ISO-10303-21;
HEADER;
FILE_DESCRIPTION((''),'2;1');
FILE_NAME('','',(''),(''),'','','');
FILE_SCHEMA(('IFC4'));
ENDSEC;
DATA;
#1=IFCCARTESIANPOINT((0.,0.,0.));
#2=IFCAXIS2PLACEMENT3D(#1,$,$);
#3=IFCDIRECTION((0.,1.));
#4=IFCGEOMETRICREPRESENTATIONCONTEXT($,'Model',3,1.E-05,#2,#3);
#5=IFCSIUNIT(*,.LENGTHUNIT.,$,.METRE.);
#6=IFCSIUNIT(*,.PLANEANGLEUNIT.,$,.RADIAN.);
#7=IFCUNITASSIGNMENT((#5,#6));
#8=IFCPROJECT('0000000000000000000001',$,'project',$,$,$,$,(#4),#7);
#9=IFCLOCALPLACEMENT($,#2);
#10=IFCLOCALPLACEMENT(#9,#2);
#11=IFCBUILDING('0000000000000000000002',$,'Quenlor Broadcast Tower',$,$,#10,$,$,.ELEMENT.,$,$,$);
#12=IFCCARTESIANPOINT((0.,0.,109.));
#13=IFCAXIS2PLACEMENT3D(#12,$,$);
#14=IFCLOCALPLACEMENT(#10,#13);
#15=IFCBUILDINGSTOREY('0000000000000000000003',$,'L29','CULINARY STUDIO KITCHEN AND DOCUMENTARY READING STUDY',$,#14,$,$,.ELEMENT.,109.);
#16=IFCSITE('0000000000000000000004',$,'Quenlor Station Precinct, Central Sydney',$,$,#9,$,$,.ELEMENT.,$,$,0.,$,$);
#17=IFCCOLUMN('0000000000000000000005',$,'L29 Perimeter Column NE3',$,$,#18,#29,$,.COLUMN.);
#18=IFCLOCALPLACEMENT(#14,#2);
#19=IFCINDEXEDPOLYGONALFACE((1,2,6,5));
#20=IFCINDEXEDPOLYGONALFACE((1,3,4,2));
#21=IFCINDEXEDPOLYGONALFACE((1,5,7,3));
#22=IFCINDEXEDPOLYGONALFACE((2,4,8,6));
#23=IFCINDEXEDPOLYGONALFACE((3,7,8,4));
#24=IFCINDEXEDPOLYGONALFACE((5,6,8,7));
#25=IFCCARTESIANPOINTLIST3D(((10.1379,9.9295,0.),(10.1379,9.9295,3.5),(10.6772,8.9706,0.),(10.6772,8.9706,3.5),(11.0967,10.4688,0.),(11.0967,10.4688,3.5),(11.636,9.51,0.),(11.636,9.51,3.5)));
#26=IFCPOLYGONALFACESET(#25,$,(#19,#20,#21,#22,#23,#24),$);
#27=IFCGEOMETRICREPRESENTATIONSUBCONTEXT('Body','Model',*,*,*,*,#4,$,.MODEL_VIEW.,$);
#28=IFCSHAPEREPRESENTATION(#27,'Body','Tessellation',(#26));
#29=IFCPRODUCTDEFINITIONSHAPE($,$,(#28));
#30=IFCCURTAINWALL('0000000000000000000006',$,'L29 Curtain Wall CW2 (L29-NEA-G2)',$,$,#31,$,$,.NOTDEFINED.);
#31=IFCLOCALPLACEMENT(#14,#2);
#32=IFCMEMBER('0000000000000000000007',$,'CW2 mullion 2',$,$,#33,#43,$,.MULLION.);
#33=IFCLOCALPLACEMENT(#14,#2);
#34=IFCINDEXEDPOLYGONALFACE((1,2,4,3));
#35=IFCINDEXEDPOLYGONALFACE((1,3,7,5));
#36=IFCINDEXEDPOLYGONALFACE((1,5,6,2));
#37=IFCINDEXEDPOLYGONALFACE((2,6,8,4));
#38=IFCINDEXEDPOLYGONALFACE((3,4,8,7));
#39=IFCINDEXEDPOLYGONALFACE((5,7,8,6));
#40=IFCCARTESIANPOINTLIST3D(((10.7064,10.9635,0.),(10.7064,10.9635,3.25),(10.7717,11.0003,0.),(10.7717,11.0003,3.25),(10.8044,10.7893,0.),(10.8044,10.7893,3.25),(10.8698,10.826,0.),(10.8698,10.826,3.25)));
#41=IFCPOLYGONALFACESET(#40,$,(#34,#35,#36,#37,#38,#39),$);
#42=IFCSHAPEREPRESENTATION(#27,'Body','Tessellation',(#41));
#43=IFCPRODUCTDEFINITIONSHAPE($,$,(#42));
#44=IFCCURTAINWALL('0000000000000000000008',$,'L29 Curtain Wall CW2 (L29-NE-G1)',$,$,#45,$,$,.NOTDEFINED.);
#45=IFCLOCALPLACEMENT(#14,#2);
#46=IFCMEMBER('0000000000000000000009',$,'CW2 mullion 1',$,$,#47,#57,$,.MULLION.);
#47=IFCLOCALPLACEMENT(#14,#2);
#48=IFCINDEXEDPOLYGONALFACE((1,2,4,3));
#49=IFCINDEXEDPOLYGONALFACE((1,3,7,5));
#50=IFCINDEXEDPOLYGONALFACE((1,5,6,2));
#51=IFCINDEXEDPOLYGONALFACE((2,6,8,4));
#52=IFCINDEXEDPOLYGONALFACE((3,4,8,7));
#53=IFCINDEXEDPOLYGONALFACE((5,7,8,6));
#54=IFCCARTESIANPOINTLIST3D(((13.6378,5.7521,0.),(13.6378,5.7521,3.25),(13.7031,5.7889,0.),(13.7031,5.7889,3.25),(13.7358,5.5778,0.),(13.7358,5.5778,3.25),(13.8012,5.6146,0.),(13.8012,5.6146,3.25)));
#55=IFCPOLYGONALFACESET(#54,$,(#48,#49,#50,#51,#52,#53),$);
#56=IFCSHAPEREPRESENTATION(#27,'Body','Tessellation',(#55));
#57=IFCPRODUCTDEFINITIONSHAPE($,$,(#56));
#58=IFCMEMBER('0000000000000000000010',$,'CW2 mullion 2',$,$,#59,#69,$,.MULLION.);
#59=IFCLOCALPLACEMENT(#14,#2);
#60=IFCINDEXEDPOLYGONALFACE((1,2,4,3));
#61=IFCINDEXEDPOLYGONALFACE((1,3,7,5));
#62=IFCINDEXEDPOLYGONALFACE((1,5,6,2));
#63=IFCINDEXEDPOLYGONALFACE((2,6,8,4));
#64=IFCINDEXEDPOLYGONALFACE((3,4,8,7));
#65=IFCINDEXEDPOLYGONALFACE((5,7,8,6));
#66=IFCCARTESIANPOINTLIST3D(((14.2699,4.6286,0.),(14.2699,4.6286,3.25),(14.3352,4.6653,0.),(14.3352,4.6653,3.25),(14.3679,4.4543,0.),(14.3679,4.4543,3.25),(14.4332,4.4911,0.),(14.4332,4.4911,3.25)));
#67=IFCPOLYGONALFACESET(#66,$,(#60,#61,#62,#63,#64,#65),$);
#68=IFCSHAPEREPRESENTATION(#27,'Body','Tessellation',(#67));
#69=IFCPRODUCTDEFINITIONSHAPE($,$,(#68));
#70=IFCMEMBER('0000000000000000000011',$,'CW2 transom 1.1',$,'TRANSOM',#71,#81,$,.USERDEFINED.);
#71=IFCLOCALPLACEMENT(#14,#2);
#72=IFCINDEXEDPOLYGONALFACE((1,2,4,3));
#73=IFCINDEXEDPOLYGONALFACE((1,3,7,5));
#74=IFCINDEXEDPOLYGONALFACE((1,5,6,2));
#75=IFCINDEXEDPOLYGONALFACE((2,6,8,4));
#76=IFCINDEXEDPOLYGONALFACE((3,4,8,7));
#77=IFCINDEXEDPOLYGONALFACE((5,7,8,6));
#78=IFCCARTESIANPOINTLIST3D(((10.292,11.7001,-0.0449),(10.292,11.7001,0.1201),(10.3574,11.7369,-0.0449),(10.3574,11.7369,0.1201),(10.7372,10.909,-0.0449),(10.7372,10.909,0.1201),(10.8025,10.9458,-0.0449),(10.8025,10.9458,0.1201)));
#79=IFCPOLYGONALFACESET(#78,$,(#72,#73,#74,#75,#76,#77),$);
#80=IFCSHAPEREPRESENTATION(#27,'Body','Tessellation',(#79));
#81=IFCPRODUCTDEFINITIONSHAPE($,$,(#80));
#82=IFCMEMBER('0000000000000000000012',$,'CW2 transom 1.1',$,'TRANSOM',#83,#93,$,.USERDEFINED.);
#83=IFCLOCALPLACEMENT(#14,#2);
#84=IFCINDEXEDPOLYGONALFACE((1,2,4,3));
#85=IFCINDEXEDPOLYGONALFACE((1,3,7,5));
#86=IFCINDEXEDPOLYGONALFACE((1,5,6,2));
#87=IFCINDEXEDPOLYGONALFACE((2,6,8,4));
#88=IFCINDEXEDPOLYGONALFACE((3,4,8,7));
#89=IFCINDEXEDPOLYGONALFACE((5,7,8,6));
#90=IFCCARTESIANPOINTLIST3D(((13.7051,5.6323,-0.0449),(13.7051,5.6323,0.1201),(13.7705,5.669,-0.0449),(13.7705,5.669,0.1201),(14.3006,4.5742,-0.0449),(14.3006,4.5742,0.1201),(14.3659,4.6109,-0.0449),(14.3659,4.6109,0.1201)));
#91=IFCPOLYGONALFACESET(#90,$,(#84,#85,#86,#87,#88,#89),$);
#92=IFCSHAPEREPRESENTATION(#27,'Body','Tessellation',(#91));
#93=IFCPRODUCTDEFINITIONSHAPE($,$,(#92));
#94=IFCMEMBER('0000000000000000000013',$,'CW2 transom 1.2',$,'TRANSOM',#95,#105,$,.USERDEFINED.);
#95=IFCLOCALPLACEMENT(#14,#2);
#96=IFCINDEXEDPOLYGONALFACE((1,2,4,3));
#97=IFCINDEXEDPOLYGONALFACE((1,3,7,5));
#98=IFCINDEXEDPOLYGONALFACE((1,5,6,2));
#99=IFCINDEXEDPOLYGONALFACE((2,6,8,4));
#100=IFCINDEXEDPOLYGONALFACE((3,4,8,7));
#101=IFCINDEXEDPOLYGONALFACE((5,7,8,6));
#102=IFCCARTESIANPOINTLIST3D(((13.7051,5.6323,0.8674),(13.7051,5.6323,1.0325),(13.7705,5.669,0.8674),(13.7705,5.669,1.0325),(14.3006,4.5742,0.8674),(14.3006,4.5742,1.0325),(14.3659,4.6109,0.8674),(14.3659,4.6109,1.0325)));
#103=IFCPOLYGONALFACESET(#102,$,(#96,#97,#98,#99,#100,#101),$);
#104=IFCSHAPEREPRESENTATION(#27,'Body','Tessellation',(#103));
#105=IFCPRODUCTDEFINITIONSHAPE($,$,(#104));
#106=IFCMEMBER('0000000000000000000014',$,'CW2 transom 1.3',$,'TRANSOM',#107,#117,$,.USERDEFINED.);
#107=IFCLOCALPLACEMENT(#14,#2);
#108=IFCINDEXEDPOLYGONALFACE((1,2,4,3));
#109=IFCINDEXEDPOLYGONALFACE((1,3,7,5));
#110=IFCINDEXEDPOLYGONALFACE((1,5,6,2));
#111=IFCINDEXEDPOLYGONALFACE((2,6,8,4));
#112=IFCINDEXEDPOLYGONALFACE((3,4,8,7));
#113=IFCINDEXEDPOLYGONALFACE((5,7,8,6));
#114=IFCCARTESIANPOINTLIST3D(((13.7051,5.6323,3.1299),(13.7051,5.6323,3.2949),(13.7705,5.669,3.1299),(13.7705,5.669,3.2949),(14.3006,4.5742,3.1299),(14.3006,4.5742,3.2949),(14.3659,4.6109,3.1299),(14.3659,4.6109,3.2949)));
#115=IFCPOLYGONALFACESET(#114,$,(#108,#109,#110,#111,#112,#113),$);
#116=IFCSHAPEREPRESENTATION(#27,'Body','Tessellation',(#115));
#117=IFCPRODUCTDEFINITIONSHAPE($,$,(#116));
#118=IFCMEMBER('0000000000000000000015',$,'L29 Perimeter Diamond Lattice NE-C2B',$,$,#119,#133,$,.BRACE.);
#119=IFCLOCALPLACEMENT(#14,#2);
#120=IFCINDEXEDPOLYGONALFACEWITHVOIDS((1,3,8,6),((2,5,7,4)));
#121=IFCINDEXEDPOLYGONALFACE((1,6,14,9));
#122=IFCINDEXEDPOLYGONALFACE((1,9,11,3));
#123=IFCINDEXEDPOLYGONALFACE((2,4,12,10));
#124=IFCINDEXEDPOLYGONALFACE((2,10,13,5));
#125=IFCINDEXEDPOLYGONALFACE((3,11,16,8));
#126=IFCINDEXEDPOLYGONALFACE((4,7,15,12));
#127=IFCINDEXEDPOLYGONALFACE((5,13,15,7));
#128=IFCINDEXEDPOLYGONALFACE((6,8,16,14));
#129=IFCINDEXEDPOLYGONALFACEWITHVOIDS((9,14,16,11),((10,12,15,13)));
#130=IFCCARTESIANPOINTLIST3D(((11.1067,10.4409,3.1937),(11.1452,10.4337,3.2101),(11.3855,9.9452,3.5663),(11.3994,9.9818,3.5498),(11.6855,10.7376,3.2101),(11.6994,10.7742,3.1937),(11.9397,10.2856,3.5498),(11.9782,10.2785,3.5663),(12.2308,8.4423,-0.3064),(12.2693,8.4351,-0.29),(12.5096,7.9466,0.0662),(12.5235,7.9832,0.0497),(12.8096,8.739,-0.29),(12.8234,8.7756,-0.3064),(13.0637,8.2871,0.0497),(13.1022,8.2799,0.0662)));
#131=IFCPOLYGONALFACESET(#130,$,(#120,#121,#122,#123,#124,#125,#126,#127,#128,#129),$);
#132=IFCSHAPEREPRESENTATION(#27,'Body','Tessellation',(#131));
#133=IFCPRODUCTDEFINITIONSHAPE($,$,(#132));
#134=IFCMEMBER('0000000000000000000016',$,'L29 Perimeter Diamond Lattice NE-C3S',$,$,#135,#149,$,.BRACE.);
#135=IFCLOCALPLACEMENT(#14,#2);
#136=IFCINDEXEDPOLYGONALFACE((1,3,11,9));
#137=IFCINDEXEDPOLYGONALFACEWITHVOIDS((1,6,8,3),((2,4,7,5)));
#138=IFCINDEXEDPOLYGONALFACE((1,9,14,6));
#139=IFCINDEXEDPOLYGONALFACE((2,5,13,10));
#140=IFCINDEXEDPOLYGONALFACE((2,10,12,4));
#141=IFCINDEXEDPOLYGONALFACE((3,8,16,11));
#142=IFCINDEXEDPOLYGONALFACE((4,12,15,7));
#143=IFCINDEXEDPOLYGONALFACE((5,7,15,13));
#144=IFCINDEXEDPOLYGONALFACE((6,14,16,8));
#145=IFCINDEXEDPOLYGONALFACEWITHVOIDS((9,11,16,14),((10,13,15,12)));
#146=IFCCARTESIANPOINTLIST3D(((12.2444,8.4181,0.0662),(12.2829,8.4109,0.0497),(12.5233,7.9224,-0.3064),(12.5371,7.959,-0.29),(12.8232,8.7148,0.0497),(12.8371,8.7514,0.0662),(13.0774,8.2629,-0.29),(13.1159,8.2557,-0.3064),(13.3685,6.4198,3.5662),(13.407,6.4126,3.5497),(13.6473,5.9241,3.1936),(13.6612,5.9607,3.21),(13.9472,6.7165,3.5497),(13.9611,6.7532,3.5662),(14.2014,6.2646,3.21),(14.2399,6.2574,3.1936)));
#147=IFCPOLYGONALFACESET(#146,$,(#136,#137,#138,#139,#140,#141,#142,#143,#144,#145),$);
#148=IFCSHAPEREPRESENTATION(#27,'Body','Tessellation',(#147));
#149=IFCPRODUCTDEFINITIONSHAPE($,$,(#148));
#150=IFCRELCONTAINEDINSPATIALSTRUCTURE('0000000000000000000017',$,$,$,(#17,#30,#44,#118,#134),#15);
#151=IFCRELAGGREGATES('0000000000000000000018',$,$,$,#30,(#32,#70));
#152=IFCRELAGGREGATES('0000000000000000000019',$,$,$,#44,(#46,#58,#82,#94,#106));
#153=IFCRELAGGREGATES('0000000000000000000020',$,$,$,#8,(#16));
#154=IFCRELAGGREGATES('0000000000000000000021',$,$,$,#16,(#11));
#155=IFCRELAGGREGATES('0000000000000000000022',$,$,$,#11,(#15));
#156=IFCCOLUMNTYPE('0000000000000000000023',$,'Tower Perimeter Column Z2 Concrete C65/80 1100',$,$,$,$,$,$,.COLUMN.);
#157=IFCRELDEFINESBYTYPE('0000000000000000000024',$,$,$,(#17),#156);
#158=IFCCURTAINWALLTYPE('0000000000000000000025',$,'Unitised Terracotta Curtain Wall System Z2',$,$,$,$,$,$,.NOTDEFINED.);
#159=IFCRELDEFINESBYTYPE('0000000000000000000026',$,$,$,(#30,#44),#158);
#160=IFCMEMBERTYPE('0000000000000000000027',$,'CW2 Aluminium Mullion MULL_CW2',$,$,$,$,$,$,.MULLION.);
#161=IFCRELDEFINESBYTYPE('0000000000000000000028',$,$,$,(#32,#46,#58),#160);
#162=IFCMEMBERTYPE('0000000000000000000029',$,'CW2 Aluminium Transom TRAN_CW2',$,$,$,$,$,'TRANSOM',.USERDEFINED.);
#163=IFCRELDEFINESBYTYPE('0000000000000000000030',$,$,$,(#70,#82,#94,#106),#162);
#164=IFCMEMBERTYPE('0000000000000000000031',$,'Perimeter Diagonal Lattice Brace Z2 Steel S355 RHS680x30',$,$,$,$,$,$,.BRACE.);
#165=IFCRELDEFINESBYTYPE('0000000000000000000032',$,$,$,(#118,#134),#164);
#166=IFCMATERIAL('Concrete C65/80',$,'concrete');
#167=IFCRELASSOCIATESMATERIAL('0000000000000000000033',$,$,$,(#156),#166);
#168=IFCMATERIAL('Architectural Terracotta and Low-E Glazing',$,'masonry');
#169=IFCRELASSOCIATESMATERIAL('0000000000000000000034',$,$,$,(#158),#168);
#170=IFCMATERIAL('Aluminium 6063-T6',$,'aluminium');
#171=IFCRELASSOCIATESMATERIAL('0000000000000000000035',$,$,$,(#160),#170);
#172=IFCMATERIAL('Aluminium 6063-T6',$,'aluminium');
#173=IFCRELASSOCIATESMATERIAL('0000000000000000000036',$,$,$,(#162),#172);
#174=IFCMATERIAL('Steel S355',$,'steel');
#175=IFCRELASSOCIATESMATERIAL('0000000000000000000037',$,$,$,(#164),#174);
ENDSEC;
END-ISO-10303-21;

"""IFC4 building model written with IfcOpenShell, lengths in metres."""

from ifc_helpers import new_model, si_unit, direction, frame, origin, origin_2d, place, context, subcontext, project, spatial, rectangle, hollow_rectangle, extrude, material, material_profile, profile_set, type_object, element, aggregate, save


model = new_model("IFC4")

# Units and contexts
model_context = context("Model", 3, precision=1e-05, world=origin(), true_north=direction((0.0, 1.0)))
body_context = subcontext(model_context, "Body", "Model", "MODEL_VIEW")
ifc_project = project(units=[si_unit("LENGTHUNIT", "METRE"), si_unit("PLANEANGLEUNIT", "RADIAN")], contexts=[model_context])

# Site, building, storey
site_placement = place(None, origin())
site = spatial("IfcSite", under=ifc_project, at=site_placement, Name="Quenlor Station Precinct, Central Sydney", CompositionType="ELEMENT", RefElevation=0.0)
building_placement = place(site_placement, origin())
building = spatial("IfcBuilding", under=site, at=building_placement, Name="Quenlor Broadcast Tower", CompositionType="ELEMENT")
storey_placement = place(building_placement, frame((0.0, 0.0, 109.0)))
storey = spatial("IfcBuildingStorey", under=building, at=storey_placement, Name="L29", Description="CULINARY STUDIO KITCHEN AND DOCUMENTARY READING STUDY", CompositionType="ELEMENT", Elevation=109.0)

# Column
ifc_material_1 = material(Name="Concrete C65/80", Category="concrete")
ifc_material_profile_1 = material_profile(ifc_material_1, rectangle(XDim=1.1001, YDim=1.1001, at=origin_2d()))
ifc_profile_set_1 = profile_set([ifc_material_profile_1], Name="Concrete C65/80 RC1100x1100")
column_type = type_object("IfcColumnType", Name="Tower Perimeter Column Z2 Concrete C65/80 1100", PredefinedType="COLUMN", material=ifc_profile_set_1)
column_placement = place(storey_placement, frame((10.887, 9.7197, 0.0), z_axis=(0.0, 0.0, 1.0), x_axis=(0.871575, 0.490262, 0.0)))
element("IfcColumn", 1, at=column_placement, inside=storey, type_object=column_type, Name="L29 Perimeter Column NE3", PredefinedType="COLUMN", context=body_context, shape_type="SweptSolid", body=[
    extrude(rectangle(XDim=1.1001, YDim=1.1001, at=origin_2d()), origin(), (0.0, 0.0, 1.0), 3.5),
])

# Curtain wall, member
ifc_material_2 = material(Name="Architectural Terracotta and Low-E Glazing", Category="masonry")
curtain_wall_type = type_object("IfcCurtainWallType", Name="Unitised Terracotta Curtain Wall System Z2", PredefinedType="NOTDEFINED", material=ifc_material_2)
curtain_wall_1_placement = place(storey_placement, origin())
curtain_wall_1 = element("IfcCurtainWall", 2, at=curtain_wall_1_placement, inside=storey, type_object=curtain_wall_type, Name="L29 Curtain Wall CW2 (L29-NEA-G2)", PredefinedType="NOTDEFINED")
ifc_material_3 = material(Name="Aluminium 6063-T6", Category="aluminium")
ifc_material_profile_2 = material_profile(ifc_material_3, rectangle(XDim=0.075, YDim=0.2, at=origin_2d()))
ifc_profile_set_2 = profile_set([ifc_material_profile_2], Name="Aluminium 6063-T6 MULL75x200")
member_type_1 = type_object("IfcMemberType", Name="CW2 Aluminium Mullion MULL_CW2", PredefinedType="MULLION", material=ifc_profile_set_2)
member_1_placement = place(storey_placement, frame((10.7881, 10.8948, 0.0), z_axis=(0.0, 0.0, 1.0), x_axis=(0.871581, 0.490252, 0.0)))
member_1 = element("IfcMember", 3, at=member_1_placement, type_object=member_type_1, Name="CW2 mullion 2", PredefinedType="MULLION", context=body_context, shape_type="SweptSolid", body=[
    extrude(rectangle(XDim=0.075, YDim=0.2, at=origin_2d()), origin(), (0.0, 0.0, 1.0), 3.25),
])

# Curtain wall, members
curtain_wall_2_placement = place(storey_placement, origin())
curtain_wall_2 = element("IfcCurtainWall", 4, at=curtain_wall_2_placement, inside=storey, type_object=curtain_wall_type, Name="L29 Curtain Wall CW2 (L29-NE-G1)", PredefinedType="NOTDEFINED")
member_2_placement = place(storey_placement, frame((13.7195, 5.6833, 0.0), z_axis=(0.0, 0.0, 1.0), x_axis=(0.871579, 0.490254, 0.0)))
member_2 = element("IfcMember", 5, at=member_2_placement, type_object=member_type_1, Name="CW2 mullion 1", PredefinedType="MULLION", context=body_context, shape_type="SweptSolid", body=[
    extrude(rectangle(XDim=0.075, YDim=0.2, at=origin_2d()), origin(), (0.0, 0.0, 1.0), 3.25),
])
member_3_placement = place(storey_placement, frame((14.3516, 4.5598, 0.0), z_axis=(0.0, 0.0, 1.0), x_axis=(0.871579, 0.490254, 0.0)))
member_3 = element("IfcMember", 6, at=member_3_placement, type_object=member_type_1, Name="CW2 mullion 2", PredefinedType="MULLION", context=body_context, shape_type="SweptSolid", body=[
    extrude(rectangle(XDim=0.075, YDim=0.2, at=origin_2d()), origin(), (0.0, 0.0, 1.0), 3.25),
])

# Members
ifc_material_4 = material(Name="Aluminium 6063-T6", Category="aluminium")
ifc_material_profile_3 = material_profile(ifc_material_4, rectangle(XDim=0.075, YDim=0.165, at=origin_2d()))
ifc_profile_set_3 = profile_set([ifc_material_profile_3], Name="Aluminium 6063-T6 TRAN75x165")
member_type_2 = type_object("IfcMemberType", Name="CW2 Aluminium Transom TRAN_CW2", ElementType="TRANSOM", PredefinedType="USERDEFINED", material=ifc_profile_set_3)
member_4_placement = place(storey_placement, frame((10.3247, 11.7185, 0.0376), z_axis=(0.490363, -0.871518, 0.0), x_axis=(0.871518, 0.490363, 0.0)))
member_4 = element("IfcMember", 7, at=member_4_placement, type_object=member_type_2, Name="CW2 transom 1.1", ObjectType="TRANSOM", PredefinedType="USERDEFINED", context=body_context, shape_type="SweptSolid", body=[
    extrude(rectangle(XDim=0.075, YDim=0.165, at=origin_2d()), origin(), (0.0, 0.0, 1.0), 0.9077),
])
member_5_placement = place(storey_placement, frame((13.7378, 5.6506, 0.0376), z_axis=(0.490433, -0.871479, 0.0), x_axis=(0.871479, 0.490433, 0.0)))
member_5 = element("IfcMember", 8, at=member_5_placement, type_object=member_type_2, Name="CW2 transom 1.1", ObjectType="TRANSOM", PredefinedType="USERDEFINED", context=body_context, shape_type="SweptSolid", body=[
    extrude(rectangle(XDim=0.075, YDim=0.165, at=origin_2d()), origin(), (0.0, 0.0, 1.0), 1.2141),
])
member_6_placement = place(storey_placement, frame((13.7378, 5.6506, 0.95), z_axis=(0.490433, -0.871479, 0.0), x_axis=(0.871479, 0.490433, 0.0)))
member_6 = element("IfcMember", 9, at=member_6_placement, type_object=member_type_2, Name="CW2 transom 1.2", ObjectType="TRANSOM", PredefinedType="USERDEFINED", context=body_context, shape_type="SweptSolid", body=[
    extrude(rectangle(XDim=0.075, YDim=0.165, at=origin_2d()), origin(), (0.0, 0.0, 1.0), 1.2141),
])
member_7_placement = place(storey_placement, frame((13.7378, 5.6506, 3.2124), z_axis=(0.490433, -0.871479, 0.0), x_axis=(0.871479, 0.490433, 0.0)))
member_7 = element("IfcMember", 10, at=member_7_placement, type_object=member_type_2, Name="CW2 transom 1.3", ObjectType="TRANSOM", PredefinedType="USERDEFINED", context=body_context, shape_type="SweptSolid", body=[
    extrude(rectangle(XDim=0.075, YDim=0.165, at=origin_2d()), origin(), (0.0, 0.0, 1.0), 1.2141),
])

# Members
ifc_material_5 = material(Name="Steel S355", Category="steel")
ifc_material_profile_4 = material_profile(ifc_material_5, hollow_rectangle(XDim=0.6799, YDim=0.6799, WallThickness=0.03, at=origin_2d()))
ifc_profile_set_4 = profile_set([ifc_material_profile_4], Name="Steel S355 RHS680x680x30")
member_type_3 = type_object("IfcMemberType", Name="Perimeter Diagonal Lattice Brace Z2 Steel S355 RHS680x30", PredefinedType="BRACE", material=ifc_profile_set_4)
member_8_placement = place(storey_placement, frame((12.6665, 8.3611, -0.1201), z_axis=(-0.268635, 0.477638, 0.836479), x_axis=(-0.871604, -0.490211, 0.0)))
element("IfcMember", 11, at=member_8_placement, inside=storey, type_object=member_type_3, Name="L29 Perimeter Diamond Lattice NE-C2B", PredefinedType="BRACE", context=body_context, shape_type="SweptSolid", body=[
    extrude(hollow_rectangle(XDim=0.6799, YDim=0.6799, WallThickness=0.03, at=origin_2d()), origin(), (0.0, 0.0, 1.0), 4.1843),
])
member_9_placement = place(storey_placement, frame((12.6802, 8.3369, -0.1201), z_axis=(0.268642, -0.477593, 0.836502), x_axis=(0.871578, 0.490256, 0.0)))
element("IfcMember", 12, at=member_9_placement, inside=storey, type_object=member_type_3, Name="L29 Perimeter Diamond Lattice NE-C3S", PredefinedType="BRACE", context=body_context, shape_type="SweptSolid", body=[
    extrude(hollow_rectangle(XDim=0.6799, YDim=0.6799, WallThickness=0.03, at=origin_2d()), origin(), (0.0, 0.0, 1.0), 4.1841),
])

aggregate(curtain_wall_1, [member_1, member_4])
aggregate(curtain_wall_2, [member_2, member_3, member_5, member_6, member_7])

save(model, "model.ifc")
